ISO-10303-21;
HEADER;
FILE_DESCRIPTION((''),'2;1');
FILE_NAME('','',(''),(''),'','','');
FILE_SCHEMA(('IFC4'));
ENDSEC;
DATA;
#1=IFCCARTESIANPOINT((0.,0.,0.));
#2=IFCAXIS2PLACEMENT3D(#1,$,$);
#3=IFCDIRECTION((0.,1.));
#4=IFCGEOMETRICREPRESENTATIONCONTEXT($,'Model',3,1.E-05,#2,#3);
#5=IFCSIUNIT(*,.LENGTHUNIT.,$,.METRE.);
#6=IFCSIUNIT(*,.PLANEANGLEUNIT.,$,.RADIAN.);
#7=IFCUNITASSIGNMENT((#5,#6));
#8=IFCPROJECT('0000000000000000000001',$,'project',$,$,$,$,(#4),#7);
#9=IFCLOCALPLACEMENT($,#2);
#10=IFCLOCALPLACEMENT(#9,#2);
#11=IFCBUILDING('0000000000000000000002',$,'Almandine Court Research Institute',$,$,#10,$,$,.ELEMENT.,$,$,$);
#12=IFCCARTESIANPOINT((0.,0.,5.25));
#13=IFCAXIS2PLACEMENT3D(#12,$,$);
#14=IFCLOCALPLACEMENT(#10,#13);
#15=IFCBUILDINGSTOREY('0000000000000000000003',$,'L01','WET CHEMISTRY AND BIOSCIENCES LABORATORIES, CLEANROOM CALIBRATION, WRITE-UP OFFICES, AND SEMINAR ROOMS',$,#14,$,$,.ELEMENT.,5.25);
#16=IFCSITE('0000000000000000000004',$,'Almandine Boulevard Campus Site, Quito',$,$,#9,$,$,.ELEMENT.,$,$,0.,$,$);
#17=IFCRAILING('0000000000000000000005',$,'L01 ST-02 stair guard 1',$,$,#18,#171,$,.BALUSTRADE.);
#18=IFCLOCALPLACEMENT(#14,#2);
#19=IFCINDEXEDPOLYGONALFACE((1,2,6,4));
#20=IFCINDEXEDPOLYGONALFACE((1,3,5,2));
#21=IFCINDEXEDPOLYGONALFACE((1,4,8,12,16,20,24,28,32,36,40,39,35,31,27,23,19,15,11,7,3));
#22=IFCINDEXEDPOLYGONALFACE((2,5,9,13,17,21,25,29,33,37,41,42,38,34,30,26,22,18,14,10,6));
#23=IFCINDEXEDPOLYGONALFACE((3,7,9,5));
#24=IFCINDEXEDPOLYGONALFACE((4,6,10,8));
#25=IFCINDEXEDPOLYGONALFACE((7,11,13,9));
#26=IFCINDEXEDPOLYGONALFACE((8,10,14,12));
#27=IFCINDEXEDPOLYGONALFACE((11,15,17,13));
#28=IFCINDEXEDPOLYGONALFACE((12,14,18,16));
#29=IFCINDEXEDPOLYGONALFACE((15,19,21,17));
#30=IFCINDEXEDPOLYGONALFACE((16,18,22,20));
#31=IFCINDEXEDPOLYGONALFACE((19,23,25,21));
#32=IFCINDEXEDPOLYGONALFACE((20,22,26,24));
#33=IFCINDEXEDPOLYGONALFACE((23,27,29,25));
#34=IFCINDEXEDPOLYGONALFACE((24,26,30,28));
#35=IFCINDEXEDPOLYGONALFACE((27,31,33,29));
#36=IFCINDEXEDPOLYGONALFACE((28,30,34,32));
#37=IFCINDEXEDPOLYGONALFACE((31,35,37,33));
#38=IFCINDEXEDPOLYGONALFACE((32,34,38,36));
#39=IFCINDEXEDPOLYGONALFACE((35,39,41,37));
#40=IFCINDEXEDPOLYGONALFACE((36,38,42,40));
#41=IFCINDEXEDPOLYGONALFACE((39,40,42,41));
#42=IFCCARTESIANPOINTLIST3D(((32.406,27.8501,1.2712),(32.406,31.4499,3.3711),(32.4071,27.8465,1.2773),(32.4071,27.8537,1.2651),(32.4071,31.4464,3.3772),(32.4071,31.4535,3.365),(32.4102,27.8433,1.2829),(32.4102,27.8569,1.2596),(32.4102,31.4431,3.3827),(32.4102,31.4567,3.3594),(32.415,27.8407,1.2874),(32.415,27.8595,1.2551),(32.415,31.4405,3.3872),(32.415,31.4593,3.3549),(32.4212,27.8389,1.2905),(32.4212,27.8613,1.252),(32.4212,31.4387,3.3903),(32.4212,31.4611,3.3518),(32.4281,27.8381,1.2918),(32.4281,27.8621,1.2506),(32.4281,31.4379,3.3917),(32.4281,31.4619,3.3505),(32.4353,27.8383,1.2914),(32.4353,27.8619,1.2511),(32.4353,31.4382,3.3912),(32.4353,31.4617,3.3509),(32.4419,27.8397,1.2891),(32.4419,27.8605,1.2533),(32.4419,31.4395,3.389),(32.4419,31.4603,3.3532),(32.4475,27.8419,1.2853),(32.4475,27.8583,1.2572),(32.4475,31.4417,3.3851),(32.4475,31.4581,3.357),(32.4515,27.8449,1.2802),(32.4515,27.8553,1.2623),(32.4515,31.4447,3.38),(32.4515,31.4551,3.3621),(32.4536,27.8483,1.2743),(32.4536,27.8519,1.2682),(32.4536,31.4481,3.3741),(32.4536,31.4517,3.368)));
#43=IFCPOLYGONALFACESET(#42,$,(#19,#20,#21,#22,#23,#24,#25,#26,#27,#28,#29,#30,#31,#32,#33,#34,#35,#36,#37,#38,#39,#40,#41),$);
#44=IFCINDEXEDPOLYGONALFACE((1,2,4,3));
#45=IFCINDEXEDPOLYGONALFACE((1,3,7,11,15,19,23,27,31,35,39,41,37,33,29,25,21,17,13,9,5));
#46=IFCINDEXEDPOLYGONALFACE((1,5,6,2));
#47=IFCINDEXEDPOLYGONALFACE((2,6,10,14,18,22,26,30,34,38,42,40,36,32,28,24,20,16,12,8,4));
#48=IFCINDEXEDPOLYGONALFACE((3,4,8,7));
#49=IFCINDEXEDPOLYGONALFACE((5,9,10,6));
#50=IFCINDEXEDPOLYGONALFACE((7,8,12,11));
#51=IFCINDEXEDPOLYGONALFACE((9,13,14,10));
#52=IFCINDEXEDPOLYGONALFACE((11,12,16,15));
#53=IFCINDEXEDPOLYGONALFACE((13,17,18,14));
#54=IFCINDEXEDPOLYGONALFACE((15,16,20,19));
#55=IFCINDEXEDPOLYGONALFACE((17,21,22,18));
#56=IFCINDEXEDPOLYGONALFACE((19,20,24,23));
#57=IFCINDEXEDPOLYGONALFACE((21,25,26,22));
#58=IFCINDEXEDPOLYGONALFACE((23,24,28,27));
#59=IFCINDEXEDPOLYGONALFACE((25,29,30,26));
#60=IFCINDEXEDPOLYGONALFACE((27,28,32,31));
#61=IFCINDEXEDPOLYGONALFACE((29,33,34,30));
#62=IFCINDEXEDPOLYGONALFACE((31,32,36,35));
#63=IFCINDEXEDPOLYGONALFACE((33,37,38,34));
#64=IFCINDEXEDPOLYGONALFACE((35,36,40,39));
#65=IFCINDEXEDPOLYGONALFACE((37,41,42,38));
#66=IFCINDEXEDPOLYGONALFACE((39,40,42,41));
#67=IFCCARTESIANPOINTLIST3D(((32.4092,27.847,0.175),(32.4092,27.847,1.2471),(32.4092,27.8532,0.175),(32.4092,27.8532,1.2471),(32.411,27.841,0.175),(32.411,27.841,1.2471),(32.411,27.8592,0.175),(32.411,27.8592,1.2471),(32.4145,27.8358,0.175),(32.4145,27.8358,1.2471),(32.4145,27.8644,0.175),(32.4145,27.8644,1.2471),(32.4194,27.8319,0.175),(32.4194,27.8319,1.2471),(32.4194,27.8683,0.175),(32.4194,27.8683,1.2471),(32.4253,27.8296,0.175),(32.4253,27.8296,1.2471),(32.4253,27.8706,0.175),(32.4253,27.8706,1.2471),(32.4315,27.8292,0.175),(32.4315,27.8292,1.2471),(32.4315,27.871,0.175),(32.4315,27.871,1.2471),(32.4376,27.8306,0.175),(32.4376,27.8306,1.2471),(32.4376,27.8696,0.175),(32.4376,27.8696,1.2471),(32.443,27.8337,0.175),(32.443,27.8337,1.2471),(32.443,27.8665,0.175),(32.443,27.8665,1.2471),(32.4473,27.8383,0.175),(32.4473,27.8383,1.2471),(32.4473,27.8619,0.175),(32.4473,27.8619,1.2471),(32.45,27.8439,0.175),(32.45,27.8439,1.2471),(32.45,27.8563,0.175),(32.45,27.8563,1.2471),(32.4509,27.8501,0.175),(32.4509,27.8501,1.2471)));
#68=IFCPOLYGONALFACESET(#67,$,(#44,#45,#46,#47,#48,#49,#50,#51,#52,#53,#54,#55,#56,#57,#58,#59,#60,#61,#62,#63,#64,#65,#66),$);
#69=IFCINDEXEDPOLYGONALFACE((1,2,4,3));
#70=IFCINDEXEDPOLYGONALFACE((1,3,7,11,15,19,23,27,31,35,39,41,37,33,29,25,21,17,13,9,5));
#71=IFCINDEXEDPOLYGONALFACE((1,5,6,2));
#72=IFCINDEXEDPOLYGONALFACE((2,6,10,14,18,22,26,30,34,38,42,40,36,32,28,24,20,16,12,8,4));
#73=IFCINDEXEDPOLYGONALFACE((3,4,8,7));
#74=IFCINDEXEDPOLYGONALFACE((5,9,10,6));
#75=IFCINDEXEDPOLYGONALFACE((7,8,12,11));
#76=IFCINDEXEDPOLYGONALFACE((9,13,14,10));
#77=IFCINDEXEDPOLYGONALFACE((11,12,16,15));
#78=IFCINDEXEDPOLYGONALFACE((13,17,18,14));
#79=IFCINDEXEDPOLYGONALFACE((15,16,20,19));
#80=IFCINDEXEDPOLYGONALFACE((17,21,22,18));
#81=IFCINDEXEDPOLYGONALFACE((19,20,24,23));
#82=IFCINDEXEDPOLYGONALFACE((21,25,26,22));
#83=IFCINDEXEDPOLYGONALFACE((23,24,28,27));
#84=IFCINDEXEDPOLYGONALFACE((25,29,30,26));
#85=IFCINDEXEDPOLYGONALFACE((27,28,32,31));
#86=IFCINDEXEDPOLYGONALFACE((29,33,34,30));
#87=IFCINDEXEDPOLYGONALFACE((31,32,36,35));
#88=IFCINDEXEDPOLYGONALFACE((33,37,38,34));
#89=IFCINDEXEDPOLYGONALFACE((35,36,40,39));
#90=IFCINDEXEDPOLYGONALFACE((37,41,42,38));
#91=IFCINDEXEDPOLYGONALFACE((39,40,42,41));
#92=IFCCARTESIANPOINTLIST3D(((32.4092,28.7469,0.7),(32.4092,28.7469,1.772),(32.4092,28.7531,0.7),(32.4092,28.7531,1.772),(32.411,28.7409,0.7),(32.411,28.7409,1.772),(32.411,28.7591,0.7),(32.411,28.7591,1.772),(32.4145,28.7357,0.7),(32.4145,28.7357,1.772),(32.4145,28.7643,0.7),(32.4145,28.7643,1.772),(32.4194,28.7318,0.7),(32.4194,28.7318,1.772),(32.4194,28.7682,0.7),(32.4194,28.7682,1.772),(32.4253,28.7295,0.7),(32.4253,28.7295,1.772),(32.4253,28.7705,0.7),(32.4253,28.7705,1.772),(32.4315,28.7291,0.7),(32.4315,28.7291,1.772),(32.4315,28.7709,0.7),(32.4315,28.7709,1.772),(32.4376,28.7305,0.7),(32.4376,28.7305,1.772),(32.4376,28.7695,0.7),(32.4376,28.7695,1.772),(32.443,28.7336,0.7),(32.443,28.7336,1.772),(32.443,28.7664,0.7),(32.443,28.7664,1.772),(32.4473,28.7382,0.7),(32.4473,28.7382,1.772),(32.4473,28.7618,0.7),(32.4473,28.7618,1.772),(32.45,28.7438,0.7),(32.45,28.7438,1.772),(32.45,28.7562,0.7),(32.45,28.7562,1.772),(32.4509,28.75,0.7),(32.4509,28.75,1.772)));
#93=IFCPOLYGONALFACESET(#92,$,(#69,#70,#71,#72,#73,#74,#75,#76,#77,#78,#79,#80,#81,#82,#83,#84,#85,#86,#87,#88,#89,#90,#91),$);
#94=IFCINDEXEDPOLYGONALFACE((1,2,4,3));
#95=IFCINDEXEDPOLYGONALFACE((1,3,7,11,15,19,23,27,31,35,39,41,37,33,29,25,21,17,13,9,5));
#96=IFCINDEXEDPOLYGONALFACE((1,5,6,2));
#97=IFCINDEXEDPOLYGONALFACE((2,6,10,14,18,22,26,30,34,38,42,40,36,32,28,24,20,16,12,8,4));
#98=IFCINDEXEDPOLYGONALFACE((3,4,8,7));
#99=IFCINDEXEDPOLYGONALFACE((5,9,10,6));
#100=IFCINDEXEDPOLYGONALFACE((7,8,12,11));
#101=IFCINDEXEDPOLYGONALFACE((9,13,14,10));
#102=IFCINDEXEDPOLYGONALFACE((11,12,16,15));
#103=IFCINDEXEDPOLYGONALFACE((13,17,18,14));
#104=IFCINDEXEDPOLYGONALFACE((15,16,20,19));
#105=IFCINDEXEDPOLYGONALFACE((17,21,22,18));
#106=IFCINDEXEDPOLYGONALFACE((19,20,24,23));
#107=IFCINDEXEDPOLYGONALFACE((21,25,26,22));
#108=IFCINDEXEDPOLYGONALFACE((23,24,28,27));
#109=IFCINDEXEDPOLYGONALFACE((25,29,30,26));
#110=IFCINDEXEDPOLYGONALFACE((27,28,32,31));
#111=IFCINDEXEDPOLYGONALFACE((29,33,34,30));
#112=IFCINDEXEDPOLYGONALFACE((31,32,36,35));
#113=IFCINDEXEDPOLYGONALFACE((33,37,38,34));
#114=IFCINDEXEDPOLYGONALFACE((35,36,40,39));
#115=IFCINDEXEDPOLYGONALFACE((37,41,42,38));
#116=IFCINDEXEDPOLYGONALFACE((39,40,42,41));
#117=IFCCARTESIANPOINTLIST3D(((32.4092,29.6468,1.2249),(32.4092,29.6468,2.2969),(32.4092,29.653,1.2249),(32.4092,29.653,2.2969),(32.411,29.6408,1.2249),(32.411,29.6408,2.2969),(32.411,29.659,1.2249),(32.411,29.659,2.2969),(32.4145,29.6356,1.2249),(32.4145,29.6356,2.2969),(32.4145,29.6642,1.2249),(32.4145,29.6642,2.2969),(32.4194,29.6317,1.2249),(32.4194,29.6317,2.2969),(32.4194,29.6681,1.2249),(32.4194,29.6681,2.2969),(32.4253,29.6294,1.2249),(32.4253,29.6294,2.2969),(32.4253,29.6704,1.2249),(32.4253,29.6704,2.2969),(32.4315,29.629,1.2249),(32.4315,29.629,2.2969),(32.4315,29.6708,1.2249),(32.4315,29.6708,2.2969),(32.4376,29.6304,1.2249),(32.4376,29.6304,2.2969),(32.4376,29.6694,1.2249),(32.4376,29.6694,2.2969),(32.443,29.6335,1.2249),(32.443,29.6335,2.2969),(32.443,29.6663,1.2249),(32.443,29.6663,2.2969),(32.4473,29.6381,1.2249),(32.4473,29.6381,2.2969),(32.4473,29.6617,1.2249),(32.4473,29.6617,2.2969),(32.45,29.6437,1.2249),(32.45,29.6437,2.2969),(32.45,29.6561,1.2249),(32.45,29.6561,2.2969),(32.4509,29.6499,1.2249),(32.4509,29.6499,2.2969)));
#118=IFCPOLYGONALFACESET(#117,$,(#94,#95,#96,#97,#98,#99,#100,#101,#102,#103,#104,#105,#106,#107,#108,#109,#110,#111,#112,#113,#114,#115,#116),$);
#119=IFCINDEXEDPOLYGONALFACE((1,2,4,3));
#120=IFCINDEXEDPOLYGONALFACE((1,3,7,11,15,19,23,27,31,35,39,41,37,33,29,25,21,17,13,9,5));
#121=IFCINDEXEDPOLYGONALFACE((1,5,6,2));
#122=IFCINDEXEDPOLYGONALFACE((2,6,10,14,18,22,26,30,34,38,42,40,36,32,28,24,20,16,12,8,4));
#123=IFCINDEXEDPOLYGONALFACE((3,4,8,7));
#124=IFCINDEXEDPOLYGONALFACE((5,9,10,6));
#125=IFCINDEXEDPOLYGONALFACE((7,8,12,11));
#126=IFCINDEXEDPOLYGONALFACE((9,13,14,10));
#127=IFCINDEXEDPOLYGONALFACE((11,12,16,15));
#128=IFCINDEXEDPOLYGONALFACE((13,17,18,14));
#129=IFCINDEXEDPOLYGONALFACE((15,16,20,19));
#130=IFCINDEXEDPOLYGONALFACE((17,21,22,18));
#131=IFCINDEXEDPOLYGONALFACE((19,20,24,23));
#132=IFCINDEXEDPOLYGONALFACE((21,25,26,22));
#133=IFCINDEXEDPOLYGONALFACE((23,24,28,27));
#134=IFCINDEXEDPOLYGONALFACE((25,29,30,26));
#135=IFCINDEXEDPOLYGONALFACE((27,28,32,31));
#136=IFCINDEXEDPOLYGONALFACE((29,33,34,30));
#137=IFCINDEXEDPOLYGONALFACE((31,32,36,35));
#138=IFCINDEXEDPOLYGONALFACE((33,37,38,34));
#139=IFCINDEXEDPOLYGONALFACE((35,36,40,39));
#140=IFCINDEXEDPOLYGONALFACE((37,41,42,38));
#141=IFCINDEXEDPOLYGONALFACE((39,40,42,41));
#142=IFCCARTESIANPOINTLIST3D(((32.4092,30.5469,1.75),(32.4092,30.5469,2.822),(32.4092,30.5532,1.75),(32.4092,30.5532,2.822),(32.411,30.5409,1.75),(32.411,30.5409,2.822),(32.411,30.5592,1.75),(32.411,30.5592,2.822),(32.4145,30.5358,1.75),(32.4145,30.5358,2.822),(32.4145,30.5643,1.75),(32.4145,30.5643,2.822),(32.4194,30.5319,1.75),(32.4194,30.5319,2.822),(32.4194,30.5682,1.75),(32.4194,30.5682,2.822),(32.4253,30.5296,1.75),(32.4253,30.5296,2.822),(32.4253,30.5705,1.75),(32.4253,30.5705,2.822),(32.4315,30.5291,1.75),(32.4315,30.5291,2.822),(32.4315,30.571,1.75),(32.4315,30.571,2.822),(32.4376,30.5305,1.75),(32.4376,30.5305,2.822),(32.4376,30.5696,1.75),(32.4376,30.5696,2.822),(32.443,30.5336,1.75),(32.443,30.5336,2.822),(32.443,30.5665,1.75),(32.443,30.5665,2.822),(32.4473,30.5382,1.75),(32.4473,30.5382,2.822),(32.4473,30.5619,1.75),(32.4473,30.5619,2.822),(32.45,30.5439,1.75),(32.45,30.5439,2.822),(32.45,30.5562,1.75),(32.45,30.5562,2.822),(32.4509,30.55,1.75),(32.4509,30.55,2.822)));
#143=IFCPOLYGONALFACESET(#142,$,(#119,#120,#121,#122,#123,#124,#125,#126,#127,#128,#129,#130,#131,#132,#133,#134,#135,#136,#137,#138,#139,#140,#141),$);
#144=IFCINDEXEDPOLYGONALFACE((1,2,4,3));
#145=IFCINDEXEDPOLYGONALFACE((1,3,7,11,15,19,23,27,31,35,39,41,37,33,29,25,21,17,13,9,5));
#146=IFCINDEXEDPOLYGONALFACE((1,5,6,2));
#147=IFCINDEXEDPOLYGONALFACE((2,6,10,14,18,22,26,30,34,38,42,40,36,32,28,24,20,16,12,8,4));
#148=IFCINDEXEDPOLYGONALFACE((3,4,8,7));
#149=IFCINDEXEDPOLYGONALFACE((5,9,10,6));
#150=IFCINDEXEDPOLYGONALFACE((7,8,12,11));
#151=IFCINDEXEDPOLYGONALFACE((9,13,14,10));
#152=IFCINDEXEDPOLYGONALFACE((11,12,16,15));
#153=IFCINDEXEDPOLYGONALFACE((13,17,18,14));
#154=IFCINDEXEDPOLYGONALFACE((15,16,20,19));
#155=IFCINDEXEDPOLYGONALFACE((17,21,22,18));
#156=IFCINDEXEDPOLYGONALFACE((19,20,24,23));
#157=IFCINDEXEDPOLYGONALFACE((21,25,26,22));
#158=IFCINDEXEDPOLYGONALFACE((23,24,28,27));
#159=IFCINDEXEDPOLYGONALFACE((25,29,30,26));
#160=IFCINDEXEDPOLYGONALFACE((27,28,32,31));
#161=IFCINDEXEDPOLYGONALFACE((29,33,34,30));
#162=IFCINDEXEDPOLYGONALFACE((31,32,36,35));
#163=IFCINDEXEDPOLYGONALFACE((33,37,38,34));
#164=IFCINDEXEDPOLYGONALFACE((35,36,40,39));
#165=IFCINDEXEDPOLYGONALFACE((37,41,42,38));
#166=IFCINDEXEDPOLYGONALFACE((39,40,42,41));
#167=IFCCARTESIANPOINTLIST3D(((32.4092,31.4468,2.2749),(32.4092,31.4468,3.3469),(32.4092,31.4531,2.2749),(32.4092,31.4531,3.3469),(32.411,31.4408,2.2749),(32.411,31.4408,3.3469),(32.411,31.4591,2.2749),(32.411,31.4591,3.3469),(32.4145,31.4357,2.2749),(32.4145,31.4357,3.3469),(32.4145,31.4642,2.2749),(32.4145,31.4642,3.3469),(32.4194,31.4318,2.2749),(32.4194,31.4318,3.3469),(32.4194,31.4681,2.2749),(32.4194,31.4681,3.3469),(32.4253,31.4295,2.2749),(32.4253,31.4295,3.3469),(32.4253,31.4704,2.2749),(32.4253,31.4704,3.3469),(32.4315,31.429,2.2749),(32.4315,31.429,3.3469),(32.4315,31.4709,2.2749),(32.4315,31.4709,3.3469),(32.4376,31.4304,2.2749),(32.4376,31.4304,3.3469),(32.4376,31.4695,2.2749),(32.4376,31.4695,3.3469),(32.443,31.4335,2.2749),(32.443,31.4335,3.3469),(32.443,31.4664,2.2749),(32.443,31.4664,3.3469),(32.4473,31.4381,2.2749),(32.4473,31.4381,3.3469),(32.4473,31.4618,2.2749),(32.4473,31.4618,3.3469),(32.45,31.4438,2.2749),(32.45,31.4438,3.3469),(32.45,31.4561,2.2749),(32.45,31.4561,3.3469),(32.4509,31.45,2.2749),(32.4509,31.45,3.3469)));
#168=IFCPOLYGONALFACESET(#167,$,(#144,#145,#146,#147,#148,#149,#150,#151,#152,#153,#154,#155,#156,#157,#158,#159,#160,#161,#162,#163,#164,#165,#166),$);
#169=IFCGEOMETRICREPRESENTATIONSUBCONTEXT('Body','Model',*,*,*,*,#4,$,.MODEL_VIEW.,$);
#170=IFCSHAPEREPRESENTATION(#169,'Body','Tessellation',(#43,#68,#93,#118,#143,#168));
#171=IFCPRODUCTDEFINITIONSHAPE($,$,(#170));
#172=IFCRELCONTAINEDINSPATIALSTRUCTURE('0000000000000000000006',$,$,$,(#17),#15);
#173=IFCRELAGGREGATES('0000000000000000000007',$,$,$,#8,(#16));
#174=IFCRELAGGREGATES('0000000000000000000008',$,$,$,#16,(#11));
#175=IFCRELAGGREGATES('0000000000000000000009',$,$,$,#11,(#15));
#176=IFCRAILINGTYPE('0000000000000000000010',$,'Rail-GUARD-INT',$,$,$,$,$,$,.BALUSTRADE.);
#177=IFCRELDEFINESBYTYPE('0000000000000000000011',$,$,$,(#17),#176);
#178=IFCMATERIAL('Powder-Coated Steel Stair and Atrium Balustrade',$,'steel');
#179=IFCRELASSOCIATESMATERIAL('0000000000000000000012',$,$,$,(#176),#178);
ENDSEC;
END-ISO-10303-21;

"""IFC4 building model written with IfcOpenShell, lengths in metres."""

from ifc_helpers import new_model, si_unit, direction, frame, origin, origin_2d, place, context, subcontext, project, spatial, circle, extrude, material, type_object, element, save


model = new_model("IFC4")

# Units and contexts
model_context = context("Model", 3, precision=1e-05, world=origin(), true_north=direction((0.0, 1.0)))
body_context = subcontext(model_context, "Body", "Model", "MODEL_VIEW")
ifc_project = project(units=[si_unit("LENGTHUNIT", "METRE"), si_unit("PLANEANGLEUNIT", "RADIAN")], contexts=[model_context])

# Site, building, storey
site_placement = place(None, origin())
site = spatial("IfcSite", under=ifc_project, at=site_placement, Name="Almandine Boulevard Campus Site, Quito", CompositionType="ELEMENT", RefElevation=0.0)
building_placement = place(site_placement, origin())
building = spatial("IfcBuilding", under=site, at=building_placement, Name="Almandine Court Research Institute", CompositionType="ELEMENT")
storey_placement = place(building_placement, frame((0.0, 0.0, 5.25)))
storey = spatial("IfcBuildingStorey", under=building, at=storey_placement, Name="L01", Description="WET CHEMISTRY AND BIOSCIENCES LABORATORIES, CLEANROOM CALIBRATION, WRITE-UP OFFICES, AND SEMINAR ROOMS", CompositionType="ELEMENT", Elevation=5.25)

# Railing
ifc_material_1 = material(Name="Powder-Coated Steel Stair and Atrium Balustrade", Category="steel")
railing_type_1 = type_object("IfcRailingType", Name="Rail-GUARD-INT", PredefinedType="BALUSTRADE", material=ifc_material_1)
railing_1_placement = place(storey_placement, frame((32.4299, 27.8501, 0.175)))
element("IfcRailing", 1, at=railing_1_placement, inside=storey, type_object=railing_type_1, Name="L01 ST-02 stair guard 1", PredefinedType="BALUSTRADE", context=body_context, shape_type="SweptSolid", body=[
    extrude(circle(Radius=0.0239, at=origin_2d()), frame((0.0, 0.0, 1.0962), z_axis=(0.0, 0.863785, 0.50386), x_axis=(-1.0, 0.0, 0.0)), (0.0, 0.0, 1.0), 4.1675),
    extrude(circle(Radius=0.021, at=origin_2d()), origin(), (0.0, 0.0, 1.0), 1.072),
    extrude(circle(Radius=0.021, at=origin_2d()), frame((0.0, 0.8999, 0.5249)), (0.0, 0.0, 1.0), 1.072),
    extrude(circle(Radius=0.021, at=origin_2d()), frame((0.0, 1.7998, 1.0498)), (0.0, 0.0, 1.0), 1.072),
    extrude(circle(Radius=0.021, at=origin_2d()), frame((0.0, 2.7, 1.575)), (0.0, 0.0, 1.0), 1.072),
    extrude(circle(Radius=0.021, at=origin_2d()), frame((0.0, 3.5999, 2.0999)), (0.0, 0.0, 1.0), 1.072),
])

save(model, "model.ifc")
